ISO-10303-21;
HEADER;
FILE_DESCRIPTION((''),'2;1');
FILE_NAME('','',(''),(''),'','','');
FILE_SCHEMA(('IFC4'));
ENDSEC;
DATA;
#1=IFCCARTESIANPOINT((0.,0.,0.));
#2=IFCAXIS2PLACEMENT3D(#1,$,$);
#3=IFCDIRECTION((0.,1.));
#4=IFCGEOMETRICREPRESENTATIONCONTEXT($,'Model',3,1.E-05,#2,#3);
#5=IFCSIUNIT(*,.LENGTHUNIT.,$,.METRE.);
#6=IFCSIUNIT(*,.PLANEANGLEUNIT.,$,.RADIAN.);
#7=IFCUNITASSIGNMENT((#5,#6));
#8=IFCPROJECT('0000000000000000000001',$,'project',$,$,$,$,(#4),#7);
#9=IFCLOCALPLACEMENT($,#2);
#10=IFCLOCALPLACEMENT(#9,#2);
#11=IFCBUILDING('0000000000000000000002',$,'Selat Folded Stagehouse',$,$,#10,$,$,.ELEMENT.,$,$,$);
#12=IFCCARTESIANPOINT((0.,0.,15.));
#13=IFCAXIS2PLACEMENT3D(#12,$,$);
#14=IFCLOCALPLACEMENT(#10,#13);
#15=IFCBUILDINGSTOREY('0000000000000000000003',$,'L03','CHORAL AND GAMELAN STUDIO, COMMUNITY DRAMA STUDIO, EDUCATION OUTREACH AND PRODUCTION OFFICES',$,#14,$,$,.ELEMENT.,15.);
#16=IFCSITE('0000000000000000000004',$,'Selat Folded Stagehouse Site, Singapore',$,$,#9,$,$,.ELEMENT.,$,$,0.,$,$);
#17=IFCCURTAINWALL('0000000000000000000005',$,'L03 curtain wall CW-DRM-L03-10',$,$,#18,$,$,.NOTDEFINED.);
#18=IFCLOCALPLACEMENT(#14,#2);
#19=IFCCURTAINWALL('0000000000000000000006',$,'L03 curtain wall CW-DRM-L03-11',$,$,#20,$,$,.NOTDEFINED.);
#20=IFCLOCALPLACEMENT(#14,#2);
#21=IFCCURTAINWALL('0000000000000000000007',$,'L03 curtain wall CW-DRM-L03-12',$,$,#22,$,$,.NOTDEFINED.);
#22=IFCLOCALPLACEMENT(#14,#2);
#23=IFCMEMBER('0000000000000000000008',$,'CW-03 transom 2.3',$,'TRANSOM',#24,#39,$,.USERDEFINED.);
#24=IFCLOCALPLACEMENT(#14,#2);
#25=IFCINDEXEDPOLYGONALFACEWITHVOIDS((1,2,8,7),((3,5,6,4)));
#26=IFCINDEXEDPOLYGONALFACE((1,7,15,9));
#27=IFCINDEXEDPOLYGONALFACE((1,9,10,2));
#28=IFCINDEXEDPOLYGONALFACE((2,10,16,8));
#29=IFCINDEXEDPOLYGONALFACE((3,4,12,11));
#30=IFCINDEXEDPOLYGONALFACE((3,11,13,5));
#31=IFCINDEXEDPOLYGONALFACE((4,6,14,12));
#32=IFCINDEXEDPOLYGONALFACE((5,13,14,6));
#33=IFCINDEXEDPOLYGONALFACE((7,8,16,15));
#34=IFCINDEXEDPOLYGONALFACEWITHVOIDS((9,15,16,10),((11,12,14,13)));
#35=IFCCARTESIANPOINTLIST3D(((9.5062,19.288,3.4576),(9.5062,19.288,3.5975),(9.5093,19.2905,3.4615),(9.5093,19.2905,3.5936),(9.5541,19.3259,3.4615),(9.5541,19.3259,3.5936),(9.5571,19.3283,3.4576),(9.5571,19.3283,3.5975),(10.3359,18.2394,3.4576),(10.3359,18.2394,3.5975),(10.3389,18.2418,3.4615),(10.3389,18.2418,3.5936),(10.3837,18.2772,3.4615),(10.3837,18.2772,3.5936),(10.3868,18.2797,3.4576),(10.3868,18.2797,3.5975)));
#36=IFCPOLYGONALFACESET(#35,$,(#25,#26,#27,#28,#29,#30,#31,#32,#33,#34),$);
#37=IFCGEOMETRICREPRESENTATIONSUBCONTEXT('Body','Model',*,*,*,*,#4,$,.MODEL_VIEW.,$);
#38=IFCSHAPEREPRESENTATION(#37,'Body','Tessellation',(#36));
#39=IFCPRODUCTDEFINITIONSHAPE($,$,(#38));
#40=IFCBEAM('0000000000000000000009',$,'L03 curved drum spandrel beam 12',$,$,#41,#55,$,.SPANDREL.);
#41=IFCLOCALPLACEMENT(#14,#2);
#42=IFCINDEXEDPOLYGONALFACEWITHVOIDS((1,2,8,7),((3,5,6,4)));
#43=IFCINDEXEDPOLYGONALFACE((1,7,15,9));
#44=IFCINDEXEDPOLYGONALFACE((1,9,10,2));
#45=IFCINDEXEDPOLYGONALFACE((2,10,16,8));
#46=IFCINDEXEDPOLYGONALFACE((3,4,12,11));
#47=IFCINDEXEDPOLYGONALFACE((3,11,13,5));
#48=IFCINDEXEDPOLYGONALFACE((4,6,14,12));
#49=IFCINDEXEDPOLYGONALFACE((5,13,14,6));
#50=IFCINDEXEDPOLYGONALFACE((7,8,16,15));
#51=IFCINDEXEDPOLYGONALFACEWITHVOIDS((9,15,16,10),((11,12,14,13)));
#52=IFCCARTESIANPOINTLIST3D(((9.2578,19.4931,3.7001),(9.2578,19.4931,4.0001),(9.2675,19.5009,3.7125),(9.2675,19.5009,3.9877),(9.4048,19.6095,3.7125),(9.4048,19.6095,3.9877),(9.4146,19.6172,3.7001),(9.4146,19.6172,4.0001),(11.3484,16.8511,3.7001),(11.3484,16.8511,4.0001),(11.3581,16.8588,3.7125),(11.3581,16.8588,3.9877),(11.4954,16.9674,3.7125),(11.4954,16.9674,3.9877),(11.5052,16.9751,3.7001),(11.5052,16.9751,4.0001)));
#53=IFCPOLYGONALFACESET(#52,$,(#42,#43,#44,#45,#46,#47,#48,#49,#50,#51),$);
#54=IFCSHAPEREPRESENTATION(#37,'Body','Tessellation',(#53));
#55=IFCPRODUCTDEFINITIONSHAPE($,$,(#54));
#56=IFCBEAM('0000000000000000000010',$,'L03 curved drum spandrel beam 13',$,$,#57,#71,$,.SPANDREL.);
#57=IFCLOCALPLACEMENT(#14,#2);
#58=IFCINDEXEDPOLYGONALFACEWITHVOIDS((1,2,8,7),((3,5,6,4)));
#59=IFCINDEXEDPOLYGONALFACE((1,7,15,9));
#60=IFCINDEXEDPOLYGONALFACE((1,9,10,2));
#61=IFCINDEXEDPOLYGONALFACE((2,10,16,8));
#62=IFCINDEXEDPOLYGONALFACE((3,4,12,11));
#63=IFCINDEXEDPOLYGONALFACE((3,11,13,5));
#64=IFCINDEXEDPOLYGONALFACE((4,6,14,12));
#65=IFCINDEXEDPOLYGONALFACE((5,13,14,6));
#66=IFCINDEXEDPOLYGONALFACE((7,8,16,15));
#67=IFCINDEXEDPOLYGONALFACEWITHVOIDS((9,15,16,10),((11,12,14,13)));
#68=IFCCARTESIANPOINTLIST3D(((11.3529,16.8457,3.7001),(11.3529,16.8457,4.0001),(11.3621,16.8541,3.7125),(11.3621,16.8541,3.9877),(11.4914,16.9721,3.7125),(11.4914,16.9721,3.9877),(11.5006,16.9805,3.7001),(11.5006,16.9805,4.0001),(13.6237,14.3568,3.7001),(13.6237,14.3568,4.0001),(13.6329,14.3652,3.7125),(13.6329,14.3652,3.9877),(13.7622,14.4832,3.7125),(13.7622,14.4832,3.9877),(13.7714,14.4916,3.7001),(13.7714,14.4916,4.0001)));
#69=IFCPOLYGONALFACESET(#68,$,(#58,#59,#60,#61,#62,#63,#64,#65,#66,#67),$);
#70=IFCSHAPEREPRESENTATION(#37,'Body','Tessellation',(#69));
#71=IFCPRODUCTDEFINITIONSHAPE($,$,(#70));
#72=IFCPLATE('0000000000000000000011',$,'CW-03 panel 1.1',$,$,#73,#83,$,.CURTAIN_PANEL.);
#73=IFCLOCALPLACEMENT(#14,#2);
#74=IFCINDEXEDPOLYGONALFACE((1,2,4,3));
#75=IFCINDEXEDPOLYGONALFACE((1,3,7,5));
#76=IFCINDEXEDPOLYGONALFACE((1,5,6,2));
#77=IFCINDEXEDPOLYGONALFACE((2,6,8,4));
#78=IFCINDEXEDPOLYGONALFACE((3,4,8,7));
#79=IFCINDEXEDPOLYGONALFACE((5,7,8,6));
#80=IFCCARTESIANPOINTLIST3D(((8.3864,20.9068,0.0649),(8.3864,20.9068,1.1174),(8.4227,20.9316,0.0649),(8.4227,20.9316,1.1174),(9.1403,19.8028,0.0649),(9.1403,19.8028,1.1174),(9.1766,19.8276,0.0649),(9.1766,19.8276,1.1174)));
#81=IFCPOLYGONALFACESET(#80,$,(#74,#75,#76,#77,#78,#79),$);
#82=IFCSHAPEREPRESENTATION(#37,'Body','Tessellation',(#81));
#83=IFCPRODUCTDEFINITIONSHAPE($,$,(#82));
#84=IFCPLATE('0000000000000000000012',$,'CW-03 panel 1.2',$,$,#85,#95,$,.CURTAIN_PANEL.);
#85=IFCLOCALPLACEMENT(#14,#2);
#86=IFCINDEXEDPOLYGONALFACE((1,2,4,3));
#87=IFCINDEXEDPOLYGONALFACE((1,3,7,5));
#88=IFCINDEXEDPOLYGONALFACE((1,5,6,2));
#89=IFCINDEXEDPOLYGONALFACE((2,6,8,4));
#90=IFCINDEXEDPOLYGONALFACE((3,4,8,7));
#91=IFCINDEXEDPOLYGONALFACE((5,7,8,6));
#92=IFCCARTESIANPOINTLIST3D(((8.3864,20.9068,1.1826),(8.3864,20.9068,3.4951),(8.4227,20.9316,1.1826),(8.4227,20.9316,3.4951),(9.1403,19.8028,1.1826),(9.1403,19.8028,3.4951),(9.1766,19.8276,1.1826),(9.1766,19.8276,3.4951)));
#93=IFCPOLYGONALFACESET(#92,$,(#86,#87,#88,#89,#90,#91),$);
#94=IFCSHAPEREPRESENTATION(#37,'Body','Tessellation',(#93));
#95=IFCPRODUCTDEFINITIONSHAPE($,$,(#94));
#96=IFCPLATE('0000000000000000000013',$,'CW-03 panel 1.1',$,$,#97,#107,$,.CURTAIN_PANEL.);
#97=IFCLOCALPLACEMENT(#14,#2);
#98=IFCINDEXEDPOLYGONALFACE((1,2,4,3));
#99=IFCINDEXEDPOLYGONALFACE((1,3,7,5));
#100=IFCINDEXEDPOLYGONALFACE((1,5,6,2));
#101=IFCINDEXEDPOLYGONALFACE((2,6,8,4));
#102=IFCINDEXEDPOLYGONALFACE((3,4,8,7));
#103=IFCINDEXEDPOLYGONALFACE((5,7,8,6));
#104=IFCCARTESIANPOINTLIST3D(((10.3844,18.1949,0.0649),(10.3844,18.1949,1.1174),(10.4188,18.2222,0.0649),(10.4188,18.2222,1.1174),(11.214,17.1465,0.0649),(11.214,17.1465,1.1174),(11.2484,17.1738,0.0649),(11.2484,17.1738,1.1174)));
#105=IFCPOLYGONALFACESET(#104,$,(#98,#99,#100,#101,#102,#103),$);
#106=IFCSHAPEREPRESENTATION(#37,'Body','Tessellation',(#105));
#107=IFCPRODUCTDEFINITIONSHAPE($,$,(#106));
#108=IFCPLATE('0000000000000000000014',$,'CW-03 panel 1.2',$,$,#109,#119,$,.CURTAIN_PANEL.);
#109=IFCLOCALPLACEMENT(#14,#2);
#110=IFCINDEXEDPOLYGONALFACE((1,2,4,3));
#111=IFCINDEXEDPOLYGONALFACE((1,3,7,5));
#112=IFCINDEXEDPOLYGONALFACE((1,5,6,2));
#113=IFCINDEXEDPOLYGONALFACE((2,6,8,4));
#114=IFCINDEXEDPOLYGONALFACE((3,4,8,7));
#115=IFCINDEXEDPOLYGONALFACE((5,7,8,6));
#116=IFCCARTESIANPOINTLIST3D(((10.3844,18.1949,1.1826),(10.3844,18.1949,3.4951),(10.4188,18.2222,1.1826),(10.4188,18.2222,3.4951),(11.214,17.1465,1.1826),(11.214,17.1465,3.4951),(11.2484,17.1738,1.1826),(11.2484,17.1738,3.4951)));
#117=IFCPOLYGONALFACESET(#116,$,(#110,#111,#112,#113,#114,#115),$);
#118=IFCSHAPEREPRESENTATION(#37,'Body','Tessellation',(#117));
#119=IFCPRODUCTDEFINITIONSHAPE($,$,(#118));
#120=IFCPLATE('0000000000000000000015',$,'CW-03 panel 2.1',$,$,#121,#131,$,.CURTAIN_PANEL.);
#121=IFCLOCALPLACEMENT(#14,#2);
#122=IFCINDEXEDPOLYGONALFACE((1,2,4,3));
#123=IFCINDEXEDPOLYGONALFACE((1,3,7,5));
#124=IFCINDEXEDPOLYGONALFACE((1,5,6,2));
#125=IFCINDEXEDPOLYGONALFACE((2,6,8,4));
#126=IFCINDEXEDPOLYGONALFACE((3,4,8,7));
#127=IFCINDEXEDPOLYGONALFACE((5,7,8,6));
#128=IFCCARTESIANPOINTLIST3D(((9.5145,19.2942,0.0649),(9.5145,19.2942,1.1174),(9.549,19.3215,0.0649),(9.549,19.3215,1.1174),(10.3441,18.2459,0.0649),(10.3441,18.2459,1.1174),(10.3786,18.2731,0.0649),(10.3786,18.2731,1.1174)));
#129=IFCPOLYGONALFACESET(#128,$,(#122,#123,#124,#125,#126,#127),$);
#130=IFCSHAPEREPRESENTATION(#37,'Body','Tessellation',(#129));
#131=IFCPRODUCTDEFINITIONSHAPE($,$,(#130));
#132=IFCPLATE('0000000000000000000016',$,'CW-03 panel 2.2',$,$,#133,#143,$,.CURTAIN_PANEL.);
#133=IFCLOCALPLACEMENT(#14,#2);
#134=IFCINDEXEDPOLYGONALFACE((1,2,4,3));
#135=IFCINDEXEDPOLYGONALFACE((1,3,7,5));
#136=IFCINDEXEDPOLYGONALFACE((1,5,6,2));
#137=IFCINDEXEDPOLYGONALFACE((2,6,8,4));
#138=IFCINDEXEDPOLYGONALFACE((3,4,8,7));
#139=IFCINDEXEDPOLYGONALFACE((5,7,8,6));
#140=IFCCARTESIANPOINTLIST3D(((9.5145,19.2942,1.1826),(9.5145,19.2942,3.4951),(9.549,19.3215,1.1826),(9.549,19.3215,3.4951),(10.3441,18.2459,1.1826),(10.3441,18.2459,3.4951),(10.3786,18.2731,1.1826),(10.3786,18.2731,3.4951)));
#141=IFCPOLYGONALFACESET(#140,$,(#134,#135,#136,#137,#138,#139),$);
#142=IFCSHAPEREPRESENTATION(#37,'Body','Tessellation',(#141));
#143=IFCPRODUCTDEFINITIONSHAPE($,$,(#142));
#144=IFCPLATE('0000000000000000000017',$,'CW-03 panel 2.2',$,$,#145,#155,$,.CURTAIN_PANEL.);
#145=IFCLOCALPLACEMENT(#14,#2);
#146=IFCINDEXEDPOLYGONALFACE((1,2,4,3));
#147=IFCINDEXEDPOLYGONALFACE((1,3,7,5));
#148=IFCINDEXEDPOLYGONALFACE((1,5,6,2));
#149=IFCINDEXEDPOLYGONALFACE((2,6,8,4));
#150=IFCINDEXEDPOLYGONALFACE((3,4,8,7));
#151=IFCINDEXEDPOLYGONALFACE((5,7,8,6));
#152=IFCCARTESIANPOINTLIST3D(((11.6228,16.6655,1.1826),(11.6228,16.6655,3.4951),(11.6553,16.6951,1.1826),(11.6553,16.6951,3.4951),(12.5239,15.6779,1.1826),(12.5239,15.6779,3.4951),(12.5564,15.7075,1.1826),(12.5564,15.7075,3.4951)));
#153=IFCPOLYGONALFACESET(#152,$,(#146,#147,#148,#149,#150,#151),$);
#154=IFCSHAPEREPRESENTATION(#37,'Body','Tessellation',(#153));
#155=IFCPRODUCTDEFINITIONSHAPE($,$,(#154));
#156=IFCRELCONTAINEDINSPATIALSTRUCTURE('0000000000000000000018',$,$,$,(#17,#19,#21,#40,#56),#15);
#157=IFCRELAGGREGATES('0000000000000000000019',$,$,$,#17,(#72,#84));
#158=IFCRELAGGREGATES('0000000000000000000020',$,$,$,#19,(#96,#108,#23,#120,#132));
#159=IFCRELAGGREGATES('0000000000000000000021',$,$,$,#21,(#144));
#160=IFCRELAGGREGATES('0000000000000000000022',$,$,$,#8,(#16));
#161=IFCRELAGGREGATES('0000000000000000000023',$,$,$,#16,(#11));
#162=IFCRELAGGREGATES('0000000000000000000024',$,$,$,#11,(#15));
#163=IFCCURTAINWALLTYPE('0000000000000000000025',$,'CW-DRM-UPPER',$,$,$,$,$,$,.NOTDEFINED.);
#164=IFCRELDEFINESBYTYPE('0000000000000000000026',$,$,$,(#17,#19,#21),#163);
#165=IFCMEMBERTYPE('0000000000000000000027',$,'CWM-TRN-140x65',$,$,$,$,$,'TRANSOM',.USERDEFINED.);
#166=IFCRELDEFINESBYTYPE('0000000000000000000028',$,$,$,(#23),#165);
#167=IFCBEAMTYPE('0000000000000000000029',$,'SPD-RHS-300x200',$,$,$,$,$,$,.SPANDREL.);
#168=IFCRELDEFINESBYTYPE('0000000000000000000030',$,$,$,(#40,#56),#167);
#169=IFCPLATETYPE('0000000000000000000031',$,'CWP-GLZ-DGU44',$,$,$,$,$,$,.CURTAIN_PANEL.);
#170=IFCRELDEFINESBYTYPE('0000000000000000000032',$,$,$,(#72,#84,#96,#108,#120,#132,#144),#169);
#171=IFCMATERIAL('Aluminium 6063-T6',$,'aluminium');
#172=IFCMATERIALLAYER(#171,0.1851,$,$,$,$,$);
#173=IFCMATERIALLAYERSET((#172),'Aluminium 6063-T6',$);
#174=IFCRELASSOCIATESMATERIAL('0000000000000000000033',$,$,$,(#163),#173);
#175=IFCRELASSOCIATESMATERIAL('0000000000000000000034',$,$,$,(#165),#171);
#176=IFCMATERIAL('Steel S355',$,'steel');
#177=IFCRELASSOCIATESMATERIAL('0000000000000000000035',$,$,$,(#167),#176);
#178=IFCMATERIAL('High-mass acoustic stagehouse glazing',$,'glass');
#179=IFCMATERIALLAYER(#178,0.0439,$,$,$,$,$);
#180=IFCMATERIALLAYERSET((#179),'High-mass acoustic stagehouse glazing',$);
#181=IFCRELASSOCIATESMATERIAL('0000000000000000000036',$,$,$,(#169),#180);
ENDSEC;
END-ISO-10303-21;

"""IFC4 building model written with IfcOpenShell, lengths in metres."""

from ifc_helpers import new_model, si_unit, direction, frame, origin, origin_2d, place, context, subcontext, project, spatial, rectangle, hollow_rectangle, extrude, material, layer, layer_set, material_profile, profile_set, type_object, element, aggregate, save


model = new_model("IFC4")

# Units and contexts
model_context = context("Model", 3, precision=1e-05, world=origin(), true_north=direction((0.0, 1.0)))
body_context = subcontext(model_context, "Body", "Model", "MODEL_VIEW")
ifc_project = project(units=[si_unit("LENGTHUNIT", "METRE"), si_unit("PLANEANGLEUNIT", "RADIAN")], contexts=[model_context])

# Site, building, storey
site_placement = place(None, origin())
site = spatial("IfcSite", under=ifc_project, at=site_placement, Name="Selat Folded Stagehouse Site, Singapore", CompositionType="ELEMENT", RefElevation=0.0)
building_placement = place(site_placement, origin())
building = spatial("IfcBuilding", under=site, at=building_placement, Name="Selat Folded Stagehouse", CompositionType="ELEMENT")
storey_placement = place(building_placement, frame((0.0, 0.0, 15.0)))
storey = spatial("IfcBuildingStorey", under=building, at=storey_placement, Name="L03", Description="CHORAL AND GAMELAN STUDIO, COMMUNITY DRAMA STUDIO, EDUCATION OUTREACH AND PRODUCTION OFFICES", CompositionType="ELEMENT", Elevation=15.0)

# Shared definitions
ifc_material_1 = material(Name="Steel S355", Category="steel")

# Curtain wall
ifc_material_2 = material(Name="Aluminium 6063-T6", Category="aluminium")
ifc_layer_1 = layer(ifc_material_2, 0.1851)
ifc_layer_set_1 = layer_set([ifc_layer_1], Name="Aluminium 6063-T6")
curtain_wall_type = type_object("IfcCurtainWallType", Name="CW-DRM-UPPER", PredefinedType="NOTDEFINED", material=ifc_layer_set_1)
curtain_wall_1_placement = place(storey_placement, origin())
curtain_wall_1 = element("IfcCurtainWall", 1, at=curtain_wall_1_placement, inside=storey, type_object=curtain_wall_type, Name="L03 curtain wall CW-DRM-L03-10", PredefinedType="NOTDEFINED")

# Curtain wall
curtain_wall_2_placement = place(storey_placement, origin())
curtain_wall_2 = element("IfcCurtainWall", 2, at=curtain_wall_2_placement, inside=storey, type_object=curtain_wall_type, Name="L03 curtain wall CW-DRM-L03-11", PredefinedType="NOTDEFINED")

# Curtain wall
curtain_wall_3_placement = place(storey_placement, origin())
curtain_wall_3 = element("IfcCurtainWall", 3, at=curtain_wall_3_placement, inside=storey, type_object=curtain_wall_type, Name="L03 curtain wall CW-DRM-L03-12", PredefinedType="NOTDEFINED")

# Member
ifc_material_profile_1 = material_profile(ifc_material_2, hollow_rectangle(XDim=0.0649, YDim=0.1399, WallThickness=0.0039, at=origin_2d()), Name="ALU 140x65x4.0")
ifc_profile_set_1 = profile_set([ifc_material_profile_1], Name="Aluminium 6063-T6")
member_type_1 = type_object("IfcMemberType", Name="CWM-TRN-140x65", ElementType="TRANSOM", PredefinedType="USERDEFINED", material=ifc_profile_set_1)
member_1_placement = place(storey_placement, frame((10.3613, 18.2595, 3.5276), z_axis=(-0.620455, 0.784242, 0.0), x_axis=(-0.784242, -0.620455, 0.0)))
member_1 = element("IfcMember", 4, at=member_1_placement, type_object=member_type_1, Name="CW-03 transom 2.3", ObjectType="TRANSOM", PredefinedType="USERDEFINED", context=body_context, shape_type="SweptSolid", body=[
    extrude(hollow_rectangle(XDim=0.0649, YDim=0.1399, WallThickness=0.0039, at=origin_2d()), origin(), (0.0, 0.0, 1.0), 1.3372),
])

# Beams
ifc_material_profile_2 = material_profile(ifc_material_1, hollow_rectangle(XDim=0.2, YDim=0.3, WallThickness=0.0125, at=origin_2d()), Name="RHS 300x200x12.5")
ifc_profile_set_2 = profile_set([ifc_material_profile_2], Name="Steel S355")
beam_type = type_object("IfcBeamType", Name="SPD-RHS-300x200", PredefinedType="SPANDREL", material=ifc_profile_set_2)
for number, where, z_axis, x_axis, name in (
    (5, (9.3362, 19.5552, 3.8501), (0.620506, -0.784202, 0.0), (0.784202, 0.620506, 0.0), "L03 curved drum spandrel beam 12"),
    (6, (11.4268, 16.9131, 3.8501), (0.67401, -0.738722, 0.0), (0.738722, 0.67401, 0.0), "L03 curved drum spandrel beam 13"),
):
    element("IfcBeam", number, at=place(storey_placement, frame(where, z_axis=z_axis, x_axis=x_axis)), inside=storey, type_object=beam_type, Name=name, PredefinedType="SPANDREL", context=body_context, shape_type="SweptSolid", body=[
        extrude(hollow_rectangle(XDim=0.2, YDim=0.3, WallThickness=0.0125, at=origin_2d()), origin(), (0.0, 0.0, 1.0), 3.3691),
    ])

# Plates
ifc_material_3 = material(Name="High-mass acoustic stagehouse glazing", Category="glass")
ifc_layer_2 = layer(ifc_material_3, 0.0439)
ifc_layer_set_2 = layer_set([ifc_layer_2], Name="High-mass acoustic stagehouse glazing")
plate_type = type_object("IfcPlateType", Name="CWP-GLZ-DGU44", PredefinedType="CURTAIN_PANEL", material=ifc_layer_set_2)
plate_1_placement = place(storey_placement, frame((8.7815, 20.3672, 0.0649), z_axis=(0.0, 0.0, 1.0), x_axis=(-0.563948, 0.82581, 0.0)))
plate_1 = element("IfcPlate", 7, at=plate_1_placement, type_object=plate_type, Name="CW-03 panel 1.1", PredefinedType="CURTAIN_PANEL", context=body_context, shape_type="SweptSolid", body=[
    extrude(rectangle(XDim=1.3369, YDim=0.0439, at=origin_2d()), origin(), (0.0, 0.0, 1.0), 1.0525),
])
plate_2_placement = place(storey_placement, frame((8.7815, 20.3672, 1.1826), z_axis=(0.0, 0.0, 1.0), x_axis=(-0.563948, 0.82581, 0.0)))
plate_2 = element("IfcPlate", 8, at=plate_2_placement, type_object=plate_type, Name="CW-03 panel 1.2", PredefinedType="CURTAIN_PANEL", context=body_context, shape_type="SweptSolid", body=[
    extrude(rectangle(XDim=1.3369, YDim=0.0439, at=origin_2d()), origin(), (0.0, 0.0, 1.0), 2.3125),
])
aggregate(curtain_wall_1, [plate_1, plate_2])
plate_3_placement = place(storey_placement, frame((10.8164, 17.6843, 0.0649), z_axis=(0.0, 0.0, 1.0), x_axis=(-0.620533, 0.78418, 0.0)))
plate_3 = element("IfcPlate", 9, at=plate_3_placement, type_object=plate_type, Name="CW-03 panel 1.1", PredefinedType="CURTAIN_PANEL", context=body_context, shape_type="SweptSolid", body=[
    extrude(rectangle(XDim=1.3369, YDim=0.0439, at=origin_2d()), origin(), (0.0, 0.0, 1.0), 1.0525),
])
plate_4_placement = place(storey_placement, frame((10.8164, 17.6843, 1.1826), z_axis=(0.0, 0.0, 1.0), x_axis=(-0.620533, 0.78418, 0.0)))
plate_4 = element("IfcPlate", 10, at=plate_4_placement, type_object=plate_type, Name="CW-03 panel 1.2", PredefinedType="CURTAIN_PANEL", context=body_context, shape_type="SweptSolid", body=[
    extrude(rectangle(XDim=1.3369, YDim=0.0439, at=origin_2d()), origin(), (0.0, 0.0, 1.0), 2.3125),
])
plate_5_placement = place(storey_placement, frame((9.9465, 18.7837, 0.0649), z_axis=(0.0, 0.0, 1.0), x_axis=(-0.620533, 0.78418, 0.0)))
plate_5 = element("IfcPlate", 11, at=plate_5_placement, type_object=plate_type, Name="CW-03 panel 2.1", PredefinedType="CURTAIN_PANEL", context=body_context, shape_type="SweptSolid", body=[
    extrude(rectangle(XDim=1.3369, YDim=0.0439, at=origin_2d()), origin(), (0.0, 0.0, 1.0), 1.0525),
])
plate_6_placement = place(storey_placement, frame((9.9465, 18.7837, 1.1826), z_axis=(0.0, 0.0, 1.0), x_axis=(-0.620533, 0.78418, 0.0)))
plate_6 = element("IfcPlate", 12, at=plate_6_placement, type_object=plate_type, Name="CW-03 panel 2.2", PredefinedType="CURTAIN_PANEL", context=body_context, shape_type="SweptSolid", body=[
    extrude(rectangle(XDim=1.3369, YDim=0.0439, at=origin_2d()), origin(), (0.0, 0.0, 1.0), 2.3125),
])
aggregate(curtain_wall_2, [plate_3, plate_4, member_1, plate_5, plate_6])
plate_7_placement = place(storey_placement, frame((12.0896, 16.1865, 1.1826), z_axis=(0.0, 0.0, 1.0), x_axis=(-0.674002, 0.738729, 0.0)))
plate_7 = element("IfcPlate", 13, at=plate_7_placement, type_object=plate_type, Name="CW-03 panel 2.2", PredefinedType="CURTAIN_PANEL", context=body_context, shape_type="SweptSolid", body=[
    extrude(rectangle(XDim=1.3369, YDim=0.0439, at=origin_2d()), origin(), (0.0, 0.0, 1.0), 2.3125),
])
aggregate(curtain_wall_3, [plate_7])

save(model, "model.ifc")
